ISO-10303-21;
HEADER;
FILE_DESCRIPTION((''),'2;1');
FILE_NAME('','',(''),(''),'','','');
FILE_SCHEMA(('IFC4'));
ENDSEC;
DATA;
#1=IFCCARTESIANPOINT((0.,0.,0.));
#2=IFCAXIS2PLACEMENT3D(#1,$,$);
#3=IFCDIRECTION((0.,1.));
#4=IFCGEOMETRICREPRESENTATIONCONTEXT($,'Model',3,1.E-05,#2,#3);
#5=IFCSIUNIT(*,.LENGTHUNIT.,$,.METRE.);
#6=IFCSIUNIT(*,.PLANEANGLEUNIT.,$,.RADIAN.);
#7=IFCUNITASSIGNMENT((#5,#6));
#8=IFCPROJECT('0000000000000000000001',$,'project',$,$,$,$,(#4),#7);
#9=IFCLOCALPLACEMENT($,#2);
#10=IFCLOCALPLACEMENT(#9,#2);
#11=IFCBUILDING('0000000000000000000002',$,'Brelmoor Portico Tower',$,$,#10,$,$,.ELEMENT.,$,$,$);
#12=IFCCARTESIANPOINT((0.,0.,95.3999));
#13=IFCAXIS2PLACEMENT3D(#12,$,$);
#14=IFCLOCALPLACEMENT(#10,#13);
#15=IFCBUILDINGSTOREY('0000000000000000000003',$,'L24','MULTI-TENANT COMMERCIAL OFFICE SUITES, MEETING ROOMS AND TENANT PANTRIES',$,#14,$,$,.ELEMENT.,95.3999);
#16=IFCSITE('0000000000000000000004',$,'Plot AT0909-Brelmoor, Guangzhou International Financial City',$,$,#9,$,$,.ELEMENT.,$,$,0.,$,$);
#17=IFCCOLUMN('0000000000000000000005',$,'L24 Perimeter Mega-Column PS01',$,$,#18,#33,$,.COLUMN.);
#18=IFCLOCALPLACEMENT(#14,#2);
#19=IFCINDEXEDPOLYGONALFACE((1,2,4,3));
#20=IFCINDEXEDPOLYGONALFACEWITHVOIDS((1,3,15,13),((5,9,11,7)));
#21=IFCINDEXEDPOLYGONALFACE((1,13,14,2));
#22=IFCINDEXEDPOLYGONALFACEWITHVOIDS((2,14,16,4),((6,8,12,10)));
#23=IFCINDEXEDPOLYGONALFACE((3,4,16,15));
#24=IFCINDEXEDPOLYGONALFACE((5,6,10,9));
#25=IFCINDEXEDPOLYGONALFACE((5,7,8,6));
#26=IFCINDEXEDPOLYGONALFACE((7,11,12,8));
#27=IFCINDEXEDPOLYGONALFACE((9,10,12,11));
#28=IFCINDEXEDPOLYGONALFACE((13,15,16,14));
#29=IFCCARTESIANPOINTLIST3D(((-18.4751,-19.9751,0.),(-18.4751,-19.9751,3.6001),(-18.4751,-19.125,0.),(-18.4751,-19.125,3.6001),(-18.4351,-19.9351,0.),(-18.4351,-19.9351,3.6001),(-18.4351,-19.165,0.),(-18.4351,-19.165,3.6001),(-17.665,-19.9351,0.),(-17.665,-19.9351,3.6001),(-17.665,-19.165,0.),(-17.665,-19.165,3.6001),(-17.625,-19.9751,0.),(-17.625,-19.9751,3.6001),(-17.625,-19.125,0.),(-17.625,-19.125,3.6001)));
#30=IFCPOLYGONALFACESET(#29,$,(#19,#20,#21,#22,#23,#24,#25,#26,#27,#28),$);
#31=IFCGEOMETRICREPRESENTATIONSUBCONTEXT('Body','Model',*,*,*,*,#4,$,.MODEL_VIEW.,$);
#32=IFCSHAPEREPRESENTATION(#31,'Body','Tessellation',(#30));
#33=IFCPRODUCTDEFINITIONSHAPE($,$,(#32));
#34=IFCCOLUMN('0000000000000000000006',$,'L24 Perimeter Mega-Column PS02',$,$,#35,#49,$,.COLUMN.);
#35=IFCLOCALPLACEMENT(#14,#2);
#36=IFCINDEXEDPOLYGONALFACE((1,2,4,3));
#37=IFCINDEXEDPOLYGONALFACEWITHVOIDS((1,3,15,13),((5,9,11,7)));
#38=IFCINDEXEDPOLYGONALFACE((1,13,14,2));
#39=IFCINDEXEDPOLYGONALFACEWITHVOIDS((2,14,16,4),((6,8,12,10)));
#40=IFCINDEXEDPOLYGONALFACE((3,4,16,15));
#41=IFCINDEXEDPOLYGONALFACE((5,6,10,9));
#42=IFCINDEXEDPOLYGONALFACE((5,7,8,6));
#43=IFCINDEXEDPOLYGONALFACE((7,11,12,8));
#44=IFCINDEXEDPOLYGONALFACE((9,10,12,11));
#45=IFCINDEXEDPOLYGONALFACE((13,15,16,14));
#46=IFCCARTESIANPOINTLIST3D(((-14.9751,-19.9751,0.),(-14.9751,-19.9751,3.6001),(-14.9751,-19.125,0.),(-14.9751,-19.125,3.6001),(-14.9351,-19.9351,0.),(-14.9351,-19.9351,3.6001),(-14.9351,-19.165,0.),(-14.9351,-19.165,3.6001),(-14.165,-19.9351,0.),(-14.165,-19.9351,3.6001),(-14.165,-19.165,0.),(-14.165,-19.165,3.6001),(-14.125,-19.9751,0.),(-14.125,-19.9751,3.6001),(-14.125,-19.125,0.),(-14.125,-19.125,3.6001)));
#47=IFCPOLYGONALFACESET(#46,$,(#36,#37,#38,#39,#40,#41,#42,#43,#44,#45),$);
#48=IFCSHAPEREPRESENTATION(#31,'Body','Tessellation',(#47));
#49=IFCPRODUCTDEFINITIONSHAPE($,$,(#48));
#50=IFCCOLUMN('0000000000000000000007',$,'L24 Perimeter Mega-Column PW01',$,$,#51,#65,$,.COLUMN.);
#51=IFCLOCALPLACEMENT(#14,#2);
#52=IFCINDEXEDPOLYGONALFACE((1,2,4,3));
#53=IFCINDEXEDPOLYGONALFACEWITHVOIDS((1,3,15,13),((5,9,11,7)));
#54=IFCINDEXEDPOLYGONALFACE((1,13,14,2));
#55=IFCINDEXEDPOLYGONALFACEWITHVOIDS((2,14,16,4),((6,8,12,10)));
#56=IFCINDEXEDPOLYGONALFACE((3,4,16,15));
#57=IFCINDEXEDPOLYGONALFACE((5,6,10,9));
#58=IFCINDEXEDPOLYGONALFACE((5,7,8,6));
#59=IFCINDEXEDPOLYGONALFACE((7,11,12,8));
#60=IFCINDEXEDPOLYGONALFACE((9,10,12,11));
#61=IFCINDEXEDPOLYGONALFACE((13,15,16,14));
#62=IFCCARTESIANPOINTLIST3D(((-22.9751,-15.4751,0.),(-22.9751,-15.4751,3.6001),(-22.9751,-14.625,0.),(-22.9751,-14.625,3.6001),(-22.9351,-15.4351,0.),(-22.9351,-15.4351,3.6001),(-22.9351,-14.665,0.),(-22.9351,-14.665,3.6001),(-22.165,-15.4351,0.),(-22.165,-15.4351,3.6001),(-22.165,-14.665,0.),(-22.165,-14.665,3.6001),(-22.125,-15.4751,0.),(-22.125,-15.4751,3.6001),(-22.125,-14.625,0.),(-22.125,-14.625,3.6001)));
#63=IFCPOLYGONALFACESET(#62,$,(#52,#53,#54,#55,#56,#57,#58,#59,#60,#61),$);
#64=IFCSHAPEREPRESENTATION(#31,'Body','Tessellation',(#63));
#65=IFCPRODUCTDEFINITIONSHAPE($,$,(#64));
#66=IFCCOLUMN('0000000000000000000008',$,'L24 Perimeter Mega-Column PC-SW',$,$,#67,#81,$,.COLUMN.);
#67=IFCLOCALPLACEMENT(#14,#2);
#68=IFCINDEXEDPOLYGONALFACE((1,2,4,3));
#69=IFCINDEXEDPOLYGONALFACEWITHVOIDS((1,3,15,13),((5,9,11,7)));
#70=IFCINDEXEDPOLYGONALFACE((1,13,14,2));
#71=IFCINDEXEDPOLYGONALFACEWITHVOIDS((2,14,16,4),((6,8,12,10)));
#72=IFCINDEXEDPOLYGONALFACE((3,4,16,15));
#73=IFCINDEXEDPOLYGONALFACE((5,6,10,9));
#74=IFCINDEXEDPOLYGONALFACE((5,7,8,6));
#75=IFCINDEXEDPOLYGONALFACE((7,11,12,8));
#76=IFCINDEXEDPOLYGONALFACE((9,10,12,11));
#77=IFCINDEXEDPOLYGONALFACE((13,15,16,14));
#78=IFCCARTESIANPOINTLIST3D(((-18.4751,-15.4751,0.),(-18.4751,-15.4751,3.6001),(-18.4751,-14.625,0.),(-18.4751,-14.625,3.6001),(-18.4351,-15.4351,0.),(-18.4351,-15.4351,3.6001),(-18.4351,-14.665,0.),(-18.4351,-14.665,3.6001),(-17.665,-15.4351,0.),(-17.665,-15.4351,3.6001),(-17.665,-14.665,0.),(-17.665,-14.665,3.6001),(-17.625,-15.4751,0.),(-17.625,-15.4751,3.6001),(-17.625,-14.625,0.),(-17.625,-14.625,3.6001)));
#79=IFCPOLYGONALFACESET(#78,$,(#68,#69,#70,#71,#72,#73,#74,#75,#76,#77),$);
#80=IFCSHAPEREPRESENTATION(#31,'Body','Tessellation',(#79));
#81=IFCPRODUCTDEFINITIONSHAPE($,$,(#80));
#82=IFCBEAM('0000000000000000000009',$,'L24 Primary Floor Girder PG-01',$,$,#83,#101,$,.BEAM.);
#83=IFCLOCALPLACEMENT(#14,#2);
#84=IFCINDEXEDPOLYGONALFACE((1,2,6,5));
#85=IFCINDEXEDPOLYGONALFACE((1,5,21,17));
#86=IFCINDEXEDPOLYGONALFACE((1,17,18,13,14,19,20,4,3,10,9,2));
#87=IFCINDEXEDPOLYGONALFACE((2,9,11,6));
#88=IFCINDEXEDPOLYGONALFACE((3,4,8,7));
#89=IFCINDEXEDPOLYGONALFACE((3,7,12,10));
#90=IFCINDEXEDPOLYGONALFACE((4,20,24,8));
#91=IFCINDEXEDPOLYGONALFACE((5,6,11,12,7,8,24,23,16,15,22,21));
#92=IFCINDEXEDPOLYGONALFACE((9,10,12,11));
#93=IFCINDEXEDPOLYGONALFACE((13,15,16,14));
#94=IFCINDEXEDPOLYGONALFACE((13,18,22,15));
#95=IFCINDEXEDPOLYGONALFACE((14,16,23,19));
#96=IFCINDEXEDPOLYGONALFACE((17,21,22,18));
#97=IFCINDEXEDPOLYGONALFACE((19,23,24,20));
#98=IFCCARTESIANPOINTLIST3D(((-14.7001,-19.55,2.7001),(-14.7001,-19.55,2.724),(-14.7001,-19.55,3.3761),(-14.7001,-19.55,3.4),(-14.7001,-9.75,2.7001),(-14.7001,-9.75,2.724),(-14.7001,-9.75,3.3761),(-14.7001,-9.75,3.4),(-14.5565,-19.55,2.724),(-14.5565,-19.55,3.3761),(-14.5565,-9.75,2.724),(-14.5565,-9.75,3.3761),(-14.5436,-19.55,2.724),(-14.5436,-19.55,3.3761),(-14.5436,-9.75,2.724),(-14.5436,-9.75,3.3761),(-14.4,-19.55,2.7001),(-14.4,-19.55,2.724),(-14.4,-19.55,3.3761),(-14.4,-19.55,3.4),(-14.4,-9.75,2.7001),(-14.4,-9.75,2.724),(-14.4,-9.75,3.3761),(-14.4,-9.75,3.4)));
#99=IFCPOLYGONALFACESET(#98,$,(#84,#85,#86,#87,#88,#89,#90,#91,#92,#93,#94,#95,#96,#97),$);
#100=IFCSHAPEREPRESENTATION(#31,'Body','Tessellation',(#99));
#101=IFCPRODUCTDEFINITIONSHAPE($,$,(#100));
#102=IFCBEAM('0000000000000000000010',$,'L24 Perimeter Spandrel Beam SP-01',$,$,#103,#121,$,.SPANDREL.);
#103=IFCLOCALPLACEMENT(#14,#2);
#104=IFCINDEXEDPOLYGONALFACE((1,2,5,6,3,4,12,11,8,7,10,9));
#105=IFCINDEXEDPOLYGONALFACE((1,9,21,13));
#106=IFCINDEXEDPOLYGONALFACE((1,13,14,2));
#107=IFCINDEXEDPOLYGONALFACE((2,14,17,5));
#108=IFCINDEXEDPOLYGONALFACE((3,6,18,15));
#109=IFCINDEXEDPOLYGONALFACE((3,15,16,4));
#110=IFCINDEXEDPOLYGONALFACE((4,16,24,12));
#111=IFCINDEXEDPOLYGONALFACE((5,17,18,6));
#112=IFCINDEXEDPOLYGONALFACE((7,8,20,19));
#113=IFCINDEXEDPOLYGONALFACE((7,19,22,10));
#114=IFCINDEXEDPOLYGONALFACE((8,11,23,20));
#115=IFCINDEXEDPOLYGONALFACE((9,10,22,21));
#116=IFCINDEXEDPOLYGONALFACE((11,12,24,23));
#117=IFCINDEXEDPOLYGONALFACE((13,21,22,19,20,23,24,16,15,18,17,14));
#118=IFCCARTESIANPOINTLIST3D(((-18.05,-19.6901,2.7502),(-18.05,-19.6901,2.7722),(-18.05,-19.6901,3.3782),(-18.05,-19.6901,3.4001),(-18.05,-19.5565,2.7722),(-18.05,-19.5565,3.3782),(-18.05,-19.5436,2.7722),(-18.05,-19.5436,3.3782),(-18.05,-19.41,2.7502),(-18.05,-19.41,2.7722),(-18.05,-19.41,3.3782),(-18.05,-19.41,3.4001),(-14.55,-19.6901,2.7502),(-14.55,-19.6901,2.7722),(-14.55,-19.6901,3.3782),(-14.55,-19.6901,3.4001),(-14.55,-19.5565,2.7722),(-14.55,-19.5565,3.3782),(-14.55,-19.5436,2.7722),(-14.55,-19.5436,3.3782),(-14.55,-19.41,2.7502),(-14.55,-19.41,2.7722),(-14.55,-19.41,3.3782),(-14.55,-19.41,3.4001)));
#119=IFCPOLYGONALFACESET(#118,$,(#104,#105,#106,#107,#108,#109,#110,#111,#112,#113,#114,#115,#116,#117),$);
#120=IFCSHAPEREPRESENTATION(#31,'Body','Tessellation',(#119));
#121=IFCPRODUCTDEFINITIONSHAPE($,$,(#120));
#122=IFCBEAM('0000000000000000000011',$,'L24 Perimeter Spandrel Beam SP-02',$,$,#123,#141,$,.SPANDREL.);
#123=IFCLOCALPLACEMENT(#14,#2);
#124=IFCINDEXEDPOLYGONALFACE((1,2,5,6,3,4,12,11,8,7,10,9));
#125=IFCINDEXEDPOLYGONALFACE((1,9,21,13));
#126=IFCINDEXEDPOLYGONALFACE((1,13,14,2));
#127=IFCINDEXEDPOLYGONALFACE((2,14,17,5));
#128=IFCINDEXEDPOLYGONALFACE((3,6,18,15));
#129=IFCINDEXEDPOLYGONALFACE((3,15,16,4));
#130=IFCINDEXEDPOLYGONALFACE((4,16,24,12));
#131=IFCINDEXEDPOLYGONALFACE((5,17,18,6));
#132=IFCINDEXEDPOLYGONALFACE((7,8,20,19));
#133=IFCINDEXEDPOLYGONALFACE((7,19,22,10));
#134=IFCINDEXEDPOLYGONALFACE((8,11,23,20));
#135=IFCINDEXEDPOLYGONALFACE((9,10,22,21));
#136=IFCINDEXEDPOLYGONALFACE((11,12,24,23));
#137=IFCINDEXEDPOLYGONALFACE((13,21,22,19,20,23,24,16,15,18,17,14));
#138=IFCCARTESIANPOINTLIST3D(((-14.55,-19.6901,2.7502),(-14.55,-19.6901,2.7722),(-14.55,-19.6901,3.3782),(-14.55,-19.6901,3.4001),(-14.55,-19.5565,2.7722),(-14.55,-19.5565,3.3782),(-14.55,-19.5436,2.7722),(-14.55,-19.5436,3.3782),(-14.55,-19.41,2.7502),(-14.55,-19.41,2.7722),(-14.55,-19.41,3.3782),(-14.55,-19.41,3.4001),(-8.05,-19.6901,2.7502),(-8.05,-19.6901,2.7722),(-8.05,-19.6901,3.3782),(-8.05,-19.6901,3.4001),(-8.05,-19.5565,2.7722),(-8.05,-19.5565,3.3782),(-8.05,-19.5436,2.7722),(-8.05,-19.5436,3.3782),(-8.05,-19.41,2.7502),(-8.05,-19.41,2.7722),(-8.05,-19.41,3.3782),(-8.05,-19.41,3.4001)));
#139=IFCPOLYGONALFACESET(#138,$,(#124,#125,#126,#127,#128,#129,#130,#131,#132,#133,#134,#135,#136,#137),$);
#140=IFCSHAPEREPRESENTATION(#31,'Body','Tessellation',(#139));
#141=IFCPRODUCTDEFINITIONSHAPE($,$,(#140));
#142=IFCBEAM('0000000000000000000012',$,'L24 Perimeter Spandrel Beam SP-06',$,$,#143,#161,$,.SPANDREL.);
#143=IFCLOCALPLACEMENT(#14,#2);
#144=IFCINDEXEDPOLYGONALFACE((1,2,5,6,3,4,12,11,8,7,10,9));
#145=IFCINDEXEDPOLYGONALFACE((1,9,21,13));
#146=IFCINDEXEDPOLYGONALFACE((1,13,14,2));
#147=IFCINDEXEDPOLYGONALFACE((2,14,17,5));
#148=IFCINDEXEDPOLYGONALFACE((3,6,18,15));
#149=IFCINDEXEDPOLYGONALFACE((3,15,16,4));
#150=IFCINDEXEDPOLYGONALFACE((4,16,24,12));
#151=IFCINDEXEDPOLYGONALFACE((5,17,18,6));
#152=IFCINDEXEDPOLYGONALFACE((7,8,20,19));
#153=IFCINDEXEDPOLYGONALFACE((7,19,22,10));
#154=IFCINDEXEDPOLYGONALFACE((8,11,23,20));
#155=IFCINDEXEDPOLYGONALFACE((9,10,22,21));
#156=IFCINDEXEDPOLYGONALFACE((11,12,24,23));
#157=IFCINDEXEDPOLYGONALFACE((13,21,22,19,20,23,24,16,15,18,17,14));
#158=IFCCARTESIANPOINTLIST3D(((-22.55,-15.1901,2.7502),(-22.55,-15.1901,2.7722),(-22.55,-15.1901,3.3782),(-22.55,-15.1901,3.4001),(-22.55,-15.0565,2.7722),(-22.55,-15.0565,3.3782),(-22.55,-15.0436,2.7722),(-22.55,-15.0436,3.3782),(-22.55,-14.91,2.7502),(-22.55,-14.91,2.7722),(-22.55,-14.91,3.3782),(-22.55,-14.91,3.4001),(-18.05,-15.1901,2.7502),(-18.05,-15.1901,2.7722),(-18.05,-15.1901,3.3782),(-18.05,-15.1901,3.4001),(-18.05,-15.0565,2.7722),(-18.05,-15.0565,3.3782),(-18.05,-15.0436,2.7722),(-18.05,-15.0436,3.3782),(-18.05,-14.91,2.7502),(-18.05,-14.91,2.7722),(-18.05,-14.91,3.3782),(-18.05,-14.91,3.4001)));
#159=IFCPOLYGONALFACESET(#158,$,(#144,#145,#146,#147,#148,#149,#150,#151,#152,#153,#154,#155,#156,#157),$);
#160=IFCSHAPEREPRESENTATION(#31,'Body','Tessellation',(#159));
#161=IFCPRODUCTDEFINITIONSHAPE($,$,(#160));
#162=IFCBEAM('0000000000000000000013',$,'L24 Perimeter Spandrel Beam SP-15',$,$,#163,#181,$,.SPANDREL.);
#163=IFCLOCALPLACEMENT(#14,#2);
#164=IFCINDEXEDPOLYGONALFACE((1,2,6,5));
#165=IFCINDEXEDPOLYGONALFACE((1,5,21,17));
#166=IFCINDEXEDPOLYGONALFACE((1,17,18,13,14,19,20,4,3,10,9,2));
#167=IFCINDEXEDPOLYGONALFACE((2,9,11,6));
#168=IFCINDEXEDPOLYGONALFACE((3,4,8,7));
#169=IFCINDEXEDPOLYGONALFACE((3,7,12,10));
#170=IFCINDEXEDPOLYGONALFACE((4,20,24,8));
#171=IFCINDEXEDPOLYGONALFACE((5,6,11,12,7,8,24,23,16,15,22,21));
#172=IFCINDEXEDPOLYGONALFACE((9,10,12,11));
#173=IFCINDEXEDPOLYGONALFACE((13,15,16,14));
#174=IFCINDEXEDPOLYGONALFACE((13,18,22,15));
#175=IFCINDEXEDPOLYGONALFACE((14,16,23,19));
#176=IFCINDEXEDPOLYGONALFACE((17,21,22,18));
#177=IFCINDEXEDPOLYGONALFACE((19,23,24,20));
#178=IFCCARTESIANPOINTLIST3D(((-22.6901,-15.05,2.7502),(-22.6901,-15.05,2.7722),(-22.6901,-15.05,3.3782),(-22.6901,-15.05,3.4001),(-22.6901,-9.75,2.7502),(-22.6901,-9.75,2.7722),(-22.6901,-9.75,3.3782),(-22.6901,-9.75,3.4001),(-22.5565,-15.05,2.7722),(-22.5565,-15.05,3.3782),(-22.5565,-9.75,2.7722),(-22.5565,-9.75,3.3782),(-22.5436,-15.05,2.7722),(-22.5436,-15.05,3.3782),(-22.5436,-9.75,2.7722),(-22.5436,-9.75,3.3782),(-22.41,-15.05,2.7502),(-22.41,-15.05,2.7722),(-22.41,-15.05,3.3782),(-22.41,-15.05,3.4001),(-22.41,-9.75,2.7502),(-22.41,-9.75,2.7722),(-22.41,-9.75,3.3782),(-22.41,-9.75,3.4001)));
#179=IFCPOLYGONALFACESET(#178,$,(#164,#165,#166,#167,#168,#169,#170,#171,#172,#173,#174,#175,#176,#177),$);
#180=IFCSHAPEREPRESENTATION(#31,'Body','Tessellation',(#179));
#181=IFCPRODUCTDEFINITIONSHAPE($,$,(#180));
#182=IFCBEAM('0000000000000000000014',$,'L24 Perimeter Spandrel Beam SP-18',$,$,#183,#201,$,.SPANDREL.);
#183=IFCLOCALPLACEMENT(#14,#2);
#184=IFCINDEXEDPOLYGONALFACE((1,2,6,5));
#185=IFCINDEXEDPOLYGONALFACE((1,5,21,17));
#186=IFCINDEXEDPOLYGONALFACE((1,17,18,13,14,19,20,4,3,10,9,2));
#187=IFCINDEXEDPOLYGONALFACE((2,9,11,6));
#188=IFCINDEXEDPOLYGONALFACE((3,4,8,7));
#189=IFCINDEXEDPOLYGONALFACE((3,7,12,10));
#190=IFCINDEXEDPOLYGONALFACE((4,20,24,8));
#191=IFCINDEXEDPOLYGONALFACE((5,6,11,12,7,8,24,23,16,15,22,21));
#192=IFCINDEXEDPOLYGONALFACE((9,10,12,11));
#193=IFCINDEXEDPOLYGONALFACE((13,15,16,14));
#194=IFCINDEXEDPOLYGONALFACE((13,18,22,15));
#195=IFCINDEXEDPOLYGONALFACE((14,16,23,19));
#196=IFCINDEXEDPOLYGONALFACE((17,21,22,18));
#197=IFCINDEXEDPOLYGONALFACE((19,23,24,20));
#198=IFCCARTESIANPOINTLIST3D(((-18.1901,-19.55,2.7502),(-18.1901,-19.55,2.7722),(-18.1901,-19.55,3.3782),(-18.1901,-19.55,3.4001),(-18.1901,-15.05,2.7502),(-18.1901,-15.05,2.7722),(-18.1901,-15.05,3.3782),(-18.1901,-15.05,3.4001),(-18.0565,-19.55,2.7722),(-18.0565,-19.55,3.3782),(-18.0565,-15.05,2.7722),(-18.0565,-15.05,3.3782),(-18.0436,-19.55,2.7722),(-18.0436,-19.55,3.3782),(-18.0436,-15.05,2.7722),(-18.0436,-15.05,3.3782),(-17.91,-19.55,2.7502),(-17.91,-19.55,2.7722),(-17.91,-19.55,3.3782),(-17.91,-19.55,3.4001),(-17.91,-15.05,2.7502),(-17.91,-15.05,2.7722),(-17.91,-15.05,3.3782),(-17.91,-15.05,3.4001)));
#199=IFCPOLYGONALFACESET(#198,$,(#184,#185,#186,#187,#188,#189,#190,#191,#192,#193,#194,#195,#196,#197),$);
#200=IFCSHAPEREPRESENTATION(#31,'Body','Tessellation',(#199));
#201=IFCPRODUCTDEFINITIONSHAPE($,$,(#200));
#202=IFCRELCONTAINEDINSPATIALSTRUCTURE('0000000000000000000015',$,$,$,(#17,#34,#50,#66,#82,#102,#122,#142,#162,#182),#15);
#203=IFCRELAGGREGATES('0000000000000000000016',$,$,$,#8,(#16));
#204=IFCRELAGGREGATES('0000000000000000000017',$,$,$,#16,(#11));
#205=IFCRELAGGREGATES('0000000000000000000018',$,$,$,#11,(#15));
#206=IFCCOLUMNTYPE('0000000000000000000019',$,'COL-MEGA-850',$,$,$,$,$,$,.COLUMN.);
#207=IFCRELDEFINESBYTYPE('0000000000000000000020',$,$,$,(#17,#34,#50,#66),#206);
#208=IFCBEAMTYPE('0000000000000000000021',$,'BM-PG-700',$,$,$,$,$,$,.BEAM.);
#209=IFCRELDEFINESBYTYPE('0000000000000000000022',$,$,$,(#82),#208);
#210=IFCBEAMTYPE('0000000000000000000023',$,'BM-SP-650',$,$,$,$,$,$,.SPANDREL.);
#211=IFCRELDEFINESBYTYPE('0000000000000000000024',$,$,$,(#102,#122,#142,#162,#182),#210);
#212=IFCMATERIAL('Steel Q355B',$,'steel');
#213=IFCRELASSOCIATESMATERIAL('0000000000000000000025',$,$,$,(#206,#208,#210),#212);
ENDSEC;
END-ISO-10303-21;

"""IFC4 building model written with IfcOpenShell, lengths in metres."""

from ifc_helpers import new_model, si_unit, direction, frame, origin, origin_2d, place, context, subcontext, project, spatial, hollow_rectangle, i_section, extrude, material, material_profile, profile_set, type_object, element, save


model = new_model("IFC4")

# Units and contexts
model_context = context("Model", 3, precision=1e-05, world=origin(), true_north=direction((0.0, 1.0)))
body_context = subcontext(model_context, "Body", "Model", "MODEL_VIEW")
ifc_project = project(units=[si_unit("LENGTHUNIT", "METRE"), si_unit("PLANEANGLEUNIT", "RADIAN")], contexts=[model_context])

# Site, building, storey
site_placement = place(None, origin())
site = spatial("IfcSite", under=ifc_project, at=site_placement, Name="Plot AT0909-Brelmoor, Guangzhou International Financial City", CompositionType="ELEMENT", RefElevation=0.0)
building_placement = place(site_placement, origin())
building = spatial("IfcBuilding", under=site, at=building_placement, Name="Brelmoor Portico Tower", CompositionType="ELEMENT")
storey_placement = place(building_placement, frame((0.0, 0.0, 95.3999)))
storey = spatial("IfcBuildingStorey", under=building, at=storey_placement, Name="L24", Description="MULTI-TENANT COMMERCIAL OFFICE SUITES, MEETING ROOMS AND TENANT PANTRIES", CompositionType="ELEMENT", Elevation=95.3999)

# Columns
ifc_material_1 = material(Name="Steel Q355B", Category="steel")
ifc_material_profile_1 = material_profile(ifc_material_1, hollow_rectangle(XDim=0.8501, YDim=0.8501, WallThickness=0.04, at=origin_2d()), Name="BOX 850x850x40")
ifc_profile_set_1 = profile_set([ifc_material_profile_1], Name="Steel Q355B")
column_type = type_object("IfcColumnType", Name="COL-MEGA-850", PredefinedType="COLUMN", material=ifc_profile_set_1)
for number, where, z_axis, x_axis, name in (
    (1, (-18.05, -19.55, 0.0), (0.0, 0.0, 1.0), (1.0, 0.0, 0.0), "L24 Perimeter Mega-Column PS01"),
    (2, (-14.55, -19.55, 0.0), (0.0, 0.0, 1.0), (1.0, 0.0, 0.0), "L24 Perimeter Mega-Column PS02"),
    (3, (-22.55, -15.05, 0.0), (0.0, 0.0, 1.0), (0.0, 1.0, 0.0), "L24 Perimeter Mega-Column PW01"),
    (4, (-18.05, -15.05, 0.0), (0.0, 0.0, 1.0), (1.0, 0.0, 0.0), "L24 Perimeter Mega-Column PC-SW"),
):
    element("IfcColumn", number, at=place(storey_placement, frame(where, z_axis=z_axis, x_axis=x_axis)), inside=storey, type_object=column_type, Name=name, PredefinedType="COLUMN", context=body_context, shape_type="SweptSolid", body=[
        extrude(hollow_rectangle(XDim=0.8501, YDim=0.8501, WallThickness=0.04, at=origin_2d()), origin(), (0.0, 0.0, 1.0), 3.6001),
    ])

# Beams
ifc_material_profile_2 = material_profile(ifc_material_1, i_section(OverallWidth=0.3, OverallDepth=0.7, WebThickness=0.0129, FlangeThickness=0.0239, at=origin_2d()), Name="HN 700x300x13x24")
ifc_profile_set_2 = profile_set([ifc_material_profile_2], Name="Steel Q355B")
beam_type_1 = type_object("IfcBeamType", Name="BM-PG-700", PredefinedType="BEAM", material=ifc_profile_set_2)
beam_1_placement = place(storey_placement, frame((-14.55, -19.55, 3.05), z_axis=(0.0, 1.0, 0.0), x_axis=(-1.0, 0.0, 0.0)))
element("IfcBeam", 5, at=beam_1_placement, inside=storey, type_object=beam_type_1, Name="L24 Primary Floor Girder PG-01", PredefinedType="BEAM", context=body_context, shape_type="SweptSolid", body=[
    extrude(i_section(OverallWidth=0.3, OverallDepth=0.7, WebThickness=0.0129, FlangeThickness=0.0239, at=origin_2d()), origin(), (0.0, 0.0, 1.0), 9.8),
])
ifc_material_profile_3 = material_profile(ifc_material_1, i_section(OverallWidth=0.28, OverallDepth=0.6499, WebThickness=0.0129, FlangeThickness=0.022, at=origin_2d()), Name="HN 650x280x13x22")
ifc_profile_set_3 = profile_set([ifc_material_profile_3], Name="Steel Q355B")
beam_type_2 = type_object("IfcBeamType", Name="BM-SP-650", PredefinedType="SPANDREL", material=ifc_profile_set_3)
beam_2_placement = place(storey_placement, frame((-18.05, -19.55, 3.0752), z_axis=(1.0, 0.0, 0.0), x_axis=(0.0, 1.0, 0.0)))
element("IfcBeam", 6, at=beam_2_placement, inside=storey, type_object=beam_type_2, Name="L24 Perimeter Spandrel Beam SP-01", PredefinedType="SPANDREL", context=body_context, shape_type="SweptSolid", body=[
    extrude(i_section(OverallWidth=0.28, OverallDepth=0.6499, WebThickness=0.0129, FlangeThickness=0.022, at=origin_2d()), origin(), (0.0, 0.0, 1.0), 3.5),
])
beam_3_placement = place(storey_placement, frame((-14.55, -19.55, 3.0752), z_axis=(1.0, 0.0, 0.0), x_axis=(0.0, 1.0, 0.0)))
element("IfcBeam", 7, at=beam_3_placement, inside=storey, type_object=beam_type_2, Name="L24 Perimeter Spandrel Beam SP-02", PredefinedType="SPANDREL", context=body_context, shape_type="SweptSolid", body=[
    extrude(i_section(OverallWidth=0.28, OverallDepth=0.6499, WebThickness=0.0129, FlangeThickness=0.022, at=origin_2d()), origin(), (0.0, 0.0, 1.0), 6.5),
])
beam_4_placement = place(storey_placement, frame((-22.55, -15.05, 3.0752), z_axis=(1.0, 0.0, 0.0), x_axis=(0.0, 1.0, 0.0)))
element("IfcBeam", 8, at=beam_4_placement, inside=storey, type_object=beam_type_2, Name="L24 Perimeter Spandrel Beam SP-06", PredefinedType="SPANDREL", context=body_context, shape_type="SweptSolid", body=[
    extrude(i_section(OverallWidth=0.28, OverallDepth=0.6499, WebThickness=0.0129, FlangeThickness=0.022, at=origin_2d()), origin(), (0.0, 0.0, 1.0), 4.5),
])
beam_5_placement = place(storey_placement, frame((-22.55, -15.05, 3.0752), z_axis=(0.0, 1.0, 0.0), x_axis=(-1.0, 0.0, 0.0)))
element("IfcBeam", 9, at=beam_5_placement, inside=storey, type_object=beam_type_2, Name="L24 Perimeter Spandrel Beam SP-15", PredefinedType="SPANDREL", context=body_context, shape_type="SweptSolid", body=[
    extrude(i_section(OverallWidth=0.28, OverallDepth=0.6499, WebThickness=0.0129, FlangeThickness=0.022, at=origin_2d()), origin(), (0.0, 0.0, 1.0), 5.3),
])
beam_6_placement = place(storey_placement, frame((-18.05, -19.55, 3.0752), z_axis=(0.0, 1.0, 0.0), x_axis=(-1.0, 0.0, 0.0)))
element("IfcBeam", 10, at=beam_6_placement, inside=storey, type_object=beam_type_2, Name="L24 Perimeter Spandrel Beam SP-18", PredefinedType="SPANDREL", context=body_context, shape_type="SweptSolid", body=[
    extrude(i_section(OverallWidth=0.28, OverallDepth=0.6499, WebThickness=0.0129, FlangeThickness=0.022, at=origin_2d()), origin(), (0.0, 0.0, 1.0), 4.5),
])

save(model, "model.ifc")
